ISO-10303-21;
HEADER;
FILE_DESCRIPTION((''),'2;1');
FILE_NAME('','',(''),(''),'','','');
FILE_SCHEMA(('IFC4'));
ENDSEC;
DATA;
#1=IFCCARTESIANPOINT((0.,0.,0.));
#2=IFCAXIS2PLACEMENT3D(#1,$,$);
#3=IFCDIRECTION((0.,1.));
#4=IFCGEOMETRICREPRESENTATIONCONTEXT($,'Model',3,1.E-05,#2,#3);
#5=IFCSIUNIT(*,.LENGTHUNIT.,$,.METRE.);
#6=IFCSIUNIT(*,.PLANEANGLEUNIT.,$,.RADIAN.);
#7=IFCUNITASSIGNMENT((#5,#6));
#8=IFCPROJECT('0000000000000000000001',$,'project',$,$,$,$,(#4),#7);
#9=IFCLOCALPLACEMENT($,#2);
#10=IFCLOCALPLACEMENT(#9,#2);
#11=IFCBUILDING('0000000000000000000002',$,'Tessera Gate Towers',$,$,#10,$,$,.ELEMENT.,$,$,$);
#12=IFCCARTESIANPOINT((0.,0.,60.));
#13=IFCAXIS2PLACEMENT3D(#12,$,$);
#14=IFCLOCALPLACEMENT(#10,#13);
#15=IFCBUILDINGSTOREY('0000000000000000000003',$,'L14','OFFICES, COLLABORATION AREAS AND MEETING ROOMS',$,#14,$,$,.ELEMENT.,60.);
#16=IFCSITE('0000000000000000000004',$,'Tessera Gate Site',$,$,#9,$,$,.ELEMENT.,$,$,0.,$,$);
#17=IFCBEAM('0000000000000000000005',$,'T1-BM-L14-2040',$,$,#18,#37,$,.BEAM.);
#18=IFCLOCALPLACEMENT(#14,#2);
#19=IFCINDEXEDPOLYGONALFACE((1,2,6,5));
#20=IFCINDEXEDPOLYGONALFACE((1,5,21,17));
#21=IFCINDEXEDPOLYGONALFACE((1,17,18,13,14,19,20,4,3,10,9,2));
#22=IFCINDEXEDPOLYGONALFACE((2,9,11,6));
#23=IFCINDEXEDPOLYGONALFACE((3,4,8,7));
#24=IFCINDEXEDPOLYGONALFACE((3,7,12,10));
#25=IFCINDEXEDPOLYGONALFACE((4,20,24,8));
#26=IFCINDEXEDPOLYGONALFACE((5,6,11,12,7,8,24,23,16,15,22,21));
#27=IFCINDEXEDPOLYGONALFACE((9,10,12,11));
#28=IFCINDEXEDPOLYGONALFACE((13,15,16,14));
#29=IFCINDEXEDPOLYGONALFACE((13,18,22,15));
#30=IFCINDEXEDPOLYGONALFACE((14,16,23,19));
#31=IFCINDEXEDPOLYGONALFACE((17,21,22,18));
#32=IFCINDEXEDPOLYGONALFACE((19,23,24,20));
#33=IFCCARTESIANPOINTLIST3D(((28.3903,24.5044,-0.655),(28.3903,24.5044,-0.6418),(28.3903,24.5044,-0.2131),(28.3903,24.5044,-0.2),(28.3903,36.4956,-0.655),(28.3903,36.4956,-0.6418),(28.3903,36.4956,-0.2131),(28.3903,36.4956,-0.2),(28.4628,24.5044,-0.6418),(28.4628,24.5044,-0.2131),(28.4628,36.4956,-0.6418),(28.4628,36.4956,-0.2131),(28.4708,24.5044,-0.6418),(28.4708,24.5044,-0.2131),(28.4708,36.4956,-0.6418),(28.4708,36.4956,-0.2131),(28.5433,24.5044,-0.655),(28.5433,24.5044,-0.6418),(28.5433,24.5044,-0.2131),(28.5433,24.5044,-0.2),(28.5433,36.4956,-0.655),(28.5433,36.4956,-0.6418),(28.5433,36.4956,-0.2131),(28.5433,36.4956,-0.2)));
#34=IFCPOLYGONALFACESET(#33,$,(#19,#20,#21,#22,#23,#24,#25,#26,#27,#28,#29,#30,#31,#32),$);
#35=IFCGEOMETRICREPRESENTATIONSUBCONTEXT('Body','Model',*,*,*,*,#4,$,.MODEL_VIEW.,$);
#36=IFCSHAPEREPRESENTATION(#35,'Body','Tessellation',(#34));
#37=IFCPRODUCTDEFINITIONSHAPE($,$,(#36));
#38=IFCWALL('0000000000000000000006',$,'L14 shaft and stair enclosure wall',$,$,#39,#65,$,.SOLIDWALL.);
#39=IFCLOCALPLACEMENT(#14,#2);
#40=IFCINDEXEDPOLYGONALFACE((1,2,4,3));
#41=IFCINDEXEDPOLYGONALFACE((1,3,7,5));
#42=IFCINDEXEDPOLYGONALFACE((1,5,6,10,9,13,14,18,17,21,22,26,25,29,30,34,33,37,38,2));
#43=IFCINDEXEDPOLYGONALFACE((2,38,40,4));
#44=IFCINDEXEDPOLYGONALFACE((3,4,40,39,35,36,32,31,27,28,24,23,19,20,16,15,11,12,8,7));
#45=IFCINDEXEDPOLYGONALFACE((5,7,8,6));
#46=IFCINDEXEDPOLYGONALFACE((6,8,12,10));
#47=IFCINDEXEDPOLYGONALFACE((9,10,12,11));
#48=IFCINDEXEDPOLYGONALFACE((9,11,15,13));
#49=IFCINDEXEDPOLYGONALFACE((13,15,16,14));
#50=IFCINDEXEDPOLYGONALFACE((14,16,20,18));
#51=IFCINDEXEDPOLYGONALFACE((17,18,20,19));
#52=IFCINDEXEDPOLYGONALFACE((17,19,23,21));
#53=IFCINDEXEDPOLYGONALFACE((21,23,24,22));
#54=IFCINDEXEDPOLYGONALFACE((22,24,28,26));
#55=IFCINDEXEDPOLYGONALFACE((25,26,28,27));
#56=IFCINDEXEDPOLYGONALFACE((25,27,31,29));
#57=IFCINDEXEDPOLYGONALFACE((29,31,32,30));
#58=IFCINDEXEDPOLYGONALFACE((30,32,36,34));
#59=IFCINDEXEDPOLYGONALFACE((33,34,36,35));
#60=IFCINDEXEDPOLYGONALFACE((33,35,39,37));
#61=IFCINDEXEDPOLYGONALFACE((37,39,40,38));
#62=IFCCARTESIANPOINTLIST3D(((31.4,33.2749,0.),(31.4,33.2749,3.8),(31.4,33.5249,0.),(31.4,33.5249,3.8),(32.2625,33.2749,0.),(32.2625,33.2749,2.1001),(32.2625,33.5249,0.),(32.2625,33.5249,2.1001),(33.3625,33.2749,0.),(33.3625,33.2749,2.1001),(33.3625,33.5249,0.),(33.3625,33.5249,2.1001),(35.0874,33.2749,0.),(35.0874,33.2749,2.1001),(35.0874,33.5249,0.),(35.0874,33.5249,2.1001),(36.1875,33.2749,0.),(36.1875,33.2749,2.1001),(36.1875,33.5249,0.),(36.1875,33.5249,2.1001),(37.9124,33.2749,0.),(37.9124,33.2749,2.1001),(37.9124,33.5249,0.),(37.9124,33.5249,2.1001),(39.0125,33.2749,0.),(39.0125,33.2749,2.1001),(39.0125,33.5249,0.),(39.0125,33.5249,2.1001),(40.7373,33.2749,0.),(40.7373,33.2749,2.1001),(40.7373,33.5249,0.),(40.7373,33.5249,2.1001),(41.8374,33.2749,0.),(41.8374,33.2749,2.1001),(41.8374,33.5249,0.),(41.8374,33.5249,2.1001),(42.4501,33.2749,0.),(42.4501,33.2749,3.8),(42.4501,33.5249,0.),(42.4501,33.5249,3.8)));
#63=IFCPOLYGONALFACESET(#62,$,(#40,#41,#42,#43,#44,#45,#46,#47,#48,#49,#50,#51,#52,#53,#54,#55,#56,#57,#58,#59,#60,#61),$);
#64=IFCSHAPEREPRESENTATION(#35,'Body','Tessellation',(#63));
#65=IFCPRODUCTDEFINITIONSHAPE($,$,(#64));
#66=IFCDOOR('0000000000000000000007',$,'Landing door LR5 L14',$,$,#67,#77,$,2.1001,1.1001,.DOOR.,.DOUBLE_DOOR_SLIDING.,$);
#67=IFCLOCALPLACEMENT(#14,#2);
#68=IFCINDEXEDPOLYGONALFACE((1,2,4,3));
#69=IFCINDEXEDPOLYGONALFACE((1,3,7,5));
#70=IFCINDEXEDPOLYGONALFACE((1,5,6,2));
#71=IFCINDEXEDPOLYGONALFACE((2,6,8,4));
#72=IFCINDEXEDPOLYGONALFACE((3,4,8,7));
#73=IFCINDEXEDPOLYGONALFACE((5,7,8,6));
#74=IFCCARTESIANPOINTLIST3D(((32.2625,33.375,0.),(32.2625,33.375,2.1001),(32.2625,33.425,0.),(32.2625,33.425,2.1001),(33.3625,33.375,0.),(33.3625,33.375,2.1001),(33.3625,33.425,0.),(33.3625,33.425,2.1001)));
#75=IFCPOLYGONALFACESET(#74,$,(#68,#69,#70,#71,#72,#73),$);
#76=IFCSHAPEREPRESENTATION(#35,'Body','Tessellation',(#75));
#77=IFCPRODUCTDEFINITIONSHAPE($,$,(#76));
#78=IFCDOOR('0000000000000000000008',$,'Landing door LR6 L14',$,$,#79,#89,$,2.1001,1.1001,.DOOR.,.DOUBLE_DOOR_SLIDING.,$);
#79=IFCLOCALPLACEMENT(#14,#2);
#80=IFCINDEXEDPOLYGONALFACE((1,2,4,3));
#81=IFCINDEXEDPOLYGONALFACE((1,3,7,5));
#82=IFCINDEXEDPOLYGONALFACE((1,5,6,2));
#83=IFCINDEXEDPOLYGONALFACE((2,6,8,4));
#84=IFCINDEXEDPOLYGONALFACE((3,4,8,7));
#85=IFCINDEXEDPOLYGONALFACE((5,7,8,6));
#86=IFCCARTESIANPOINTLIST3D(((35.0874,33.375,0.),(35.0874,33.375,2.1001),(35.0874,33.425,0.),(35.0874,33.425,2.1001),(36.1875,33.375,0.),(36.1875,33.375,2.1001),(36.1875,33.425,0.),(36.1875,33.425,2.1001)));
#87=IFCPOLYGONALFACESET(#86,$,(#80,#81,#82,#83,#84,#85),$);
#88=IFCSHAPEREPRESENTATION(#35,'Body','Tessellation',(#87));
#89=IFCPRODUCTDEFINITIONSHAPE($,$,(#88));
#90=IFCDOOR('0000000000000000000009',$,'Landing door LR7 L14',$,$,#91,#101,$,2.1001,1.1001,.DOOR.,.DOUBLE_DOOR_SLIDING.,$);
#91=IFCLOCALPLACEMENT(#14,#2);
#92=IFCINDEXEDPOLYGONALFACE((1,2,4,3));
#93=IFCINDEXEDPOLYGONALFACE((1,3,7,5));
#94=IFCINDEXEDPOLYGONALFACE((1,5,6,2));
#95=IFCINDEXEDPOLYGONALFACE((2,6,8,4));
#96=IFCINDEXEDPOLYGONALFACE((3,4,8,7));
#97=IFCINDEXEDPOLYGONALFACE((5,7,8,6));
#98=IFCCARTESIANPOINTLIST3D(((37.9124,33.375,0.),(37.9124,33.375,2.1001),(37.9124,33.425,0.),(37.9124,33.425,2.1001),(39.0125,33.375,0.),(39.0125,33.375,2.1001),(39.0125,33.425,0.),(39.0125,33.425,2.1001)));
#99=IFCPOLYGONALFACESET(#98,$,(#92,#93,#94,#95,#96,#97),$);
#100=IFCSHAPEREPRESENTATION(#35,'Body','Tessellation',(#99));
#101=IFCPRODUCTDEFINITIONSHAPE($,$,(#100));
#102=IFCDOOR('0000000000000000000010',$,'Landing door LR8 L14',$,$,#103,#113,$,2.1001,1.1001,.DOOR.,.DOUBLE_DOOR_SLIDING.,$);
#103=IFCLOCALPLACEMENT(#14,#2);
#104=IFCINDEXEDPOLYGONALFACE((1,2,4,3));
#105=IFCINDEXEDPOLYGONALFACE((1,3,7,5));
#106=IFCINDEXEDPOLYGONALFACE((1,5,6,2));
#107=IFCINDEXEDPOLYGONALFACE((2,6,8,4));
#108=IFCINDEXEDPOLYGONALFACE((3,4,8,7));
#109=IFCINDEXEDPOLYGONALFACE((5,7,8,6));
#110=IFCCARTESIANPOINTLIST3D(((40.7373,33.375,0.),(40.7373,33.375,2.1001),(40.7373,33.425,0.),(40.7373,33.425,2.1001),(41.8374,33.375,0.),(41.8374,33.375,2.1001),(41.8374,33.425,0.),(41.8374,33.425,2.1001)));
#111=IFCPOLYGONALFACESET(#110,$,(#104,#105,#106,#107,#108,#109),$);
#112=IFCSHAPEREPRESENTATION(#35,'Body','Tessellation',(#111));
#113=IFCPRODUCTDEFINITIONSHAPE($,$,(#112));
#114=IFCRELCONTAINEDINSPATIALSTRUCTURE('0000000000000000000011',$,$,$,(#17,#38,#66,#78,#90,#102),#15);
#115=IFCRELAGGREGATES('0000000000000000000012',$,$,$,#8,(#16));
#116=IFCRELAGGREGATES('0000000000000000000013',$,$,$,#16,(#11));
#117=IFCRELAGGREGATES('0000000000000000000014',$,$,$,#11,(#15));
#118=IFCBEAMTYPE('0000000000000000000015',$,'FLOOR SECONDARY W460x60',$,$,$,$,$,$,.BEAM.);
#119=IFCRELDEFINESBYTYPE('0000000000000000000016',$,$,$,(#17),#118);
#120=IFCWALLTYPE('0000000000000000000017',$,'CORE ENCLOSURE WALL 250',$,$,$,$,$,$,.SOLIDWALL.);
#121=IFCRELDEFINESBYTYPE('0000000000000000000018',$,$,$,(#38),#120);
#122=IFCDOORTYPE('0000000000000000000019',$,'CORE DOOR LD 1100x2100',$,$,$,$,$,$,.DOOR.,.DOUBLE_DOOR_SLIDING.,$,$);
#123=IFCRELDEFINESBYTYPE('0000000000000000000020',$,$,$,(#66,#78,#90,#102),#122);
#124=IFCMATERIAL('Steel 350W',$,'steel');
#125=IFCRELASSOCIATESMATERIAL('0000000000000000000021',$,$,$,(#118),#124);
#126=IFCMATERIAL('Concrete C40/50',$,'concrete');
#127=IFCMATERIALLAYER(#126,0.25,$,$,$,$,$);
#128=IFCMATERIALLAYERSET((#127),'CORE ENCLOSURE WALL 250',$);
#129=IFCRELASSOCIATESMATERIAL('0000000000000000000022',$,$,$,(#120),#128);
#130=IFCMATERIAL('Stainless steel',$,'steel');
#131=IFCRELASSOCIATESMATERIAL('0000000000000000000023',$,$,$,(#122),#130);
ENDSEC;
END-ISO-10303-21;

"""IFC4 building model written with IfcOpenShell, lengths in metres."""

from ifc_helpers import new_model, si_unit, direction, frame, frame_2d, origin, origin_2d, place, context, subcontext, project, spatial, rectangle, i_section, extrude, source, transform, mapped, material, layer, layer_set, material_profile, profile_set, type_object, element, fill, save


model = new_model("IFC4")

# Units and contexts
model_context = context("Model", 3, precision=1e-05, world=origin(), true_north=direction((0.0, 1.0)))
body_context = subcontext(model_context, "Body", "Model", "MODEL_VIEW")
ifc_project = project(units=[si_unit("LENGTHUNIT", "METRE"), si_unit("PLANEANGLEUNIT", "RADIAN")], contexts=[model_context])

# Site, building, storey
site_placement = place(None, origin())
site = spatial("IfcSite", under=ifc_project, at=site_placement, Name="Tessera Gate Site", CompositionType="ELEMENT", RefElevation=0.0)
building_placement = place(site_placement, origin())
building = spatial("IfcBuilding", under=site, at=building_placement, Name="Tessera Gate Towers", CompositionType="ELEMENT")
storey_placement = place(building_placement, frame((0.0, 0.0, 60.0)))
storey = spatial("IfcBuildingStorey", under=building, at=storey_placement, Name="L14", Description="OFFICES, COLLABORATION AREAS AND MEETING ROOMS", CompositionType="ELEMENT", Elevation=60.0)

# Beam
ifc_material_1 = material(Name="Steel 350W", Category="steel")
ifc_material_profile = material_profile(ifc_material_1, i_section(OverallWidth=0.1531, OverallDepth=0.4551, WebThickness=0.0081, FlangeThickness=0.0132, at=origin_2d()), Name="W460x60")
ifc_profile_set = profile_set([ifc_material_profile], Name="Steel 350W")
beam_type = type_object("IfcBeamType", Name="FLOOR SECONDARY W460x60", PredefinedType="BEAM", material=ifc_profile_set)
beam_placement = place(storey_placement, frame((28.4668, 24.5044, -0.4275), z_axis=(0.0, 1.0, 0.0), x_axis=(-1.0, 0.0, 0.0)))
element("IfcBeam", 1, at=beam_placement, inside=storey, type_object=beam_type, Name="T1-BM-L14-2040", PredefinedType="BEAM", context=body_context, shape_type="SweptSolid", body=[
    extrude(i_section(OverallWidth=0.1531, OverallDepth=0.4551, WebThickness=0.0081, FlangeThickness=0.0132, at=origin_2d()), origin(), (0.0, 0.0, 1.0), 11.9912),
])

# Wall, openings, doors
ifc_material_2 = material(Name="Concrete C40/50", Category="concrete")
ifc_layer_1 = layer(ifc_material_2, 0.25)
ifc_layer_set_1 = layer_set([ifc_layer_1], Name="CORE ENCLOSURE WALL 250")
wall_type_1 = type_object("IfcWallType", Name="CORE ENCLOSURE WALL 250", PredefinedType="SOLIDWALL", material=ifc_layer_set_1)
wall_1_placement = place(storey_placement, frame((42.45, 33.3999, 0.0), z_axis=(0.0, 0.0, 1.0), x_axis=(-1.0, 0.0, 0.0)))
wall_1 = element("IfcWall", 2, at=wall_1_placement, inside=storey, type_object=wall_type_1, Name="L14 shaft and stair enclosure wall", PredefinedType="SOLIDWALL", context=body_context, shape_type="SweptSolid", body=[
    extrude(rectangle(XDim=11.05, YDim=0.25, at=frame_2d((5.5249, 0.0))), origin(), (0.0, 0.0, 1.0), 3.8),
])
shared_shape_1 = source(origin(), body_context, "Body", "SweptSolid", [
    extrude(rectangle(XDim=1.1001, YDim=2.1001, at=frame_2d((0.55, 1.05))), frame((0.0, 0.135, 0.0), z_axis=(0.0, -1.0, 0.0), x_axis=(1.0, 0.0, 0.0)), (0.0, 0.0, 1.0), 0.27),
])
opening_1_placement = place(wall_1_placement, frame((9.0874, 0.0, 0.0)))
opening_1 = element("IfcOpeningElement", 3, at=opening_1_placement, cuts=wall_1, PredefinedType="OPENING", context=body_context, shape_type="MappedRepresentation", body=[
    mapped(shared_shape_1, transform((0.0, 0.0, 0.0), scale=1.0)),
])
opening_2_placement = place(wall_1_placement, frame((6.2625, 0.0, 0.0)))
opening_2 = element("IfcOpeningElement", 4, at=opening_2_placement, cuts=wall_1, PredefinedType="OPENING", context=body_context, shape_type="MappedRepresentation", body=[
    mapped(shared_shape_1, transform((0.0, 0.0, 0.0), scale=1.0)),
])
opening_3_placement = place(wall_1_placement, frame((3.4375, 0.0, 0.0)))
opening_3 = element("IfcOpeningElement", 5, at=opening_3_placement, cuts=wall_1, PredefinedType="OPENING", context=body_context, shape_type="MappedRepresentation", body=[
    mapped(shared_shape_1, transform((0.0, 0.0, 0.0), scale=1.0)),
])
opening_4_placement = place(wall_1_placement, frame((0.6125, 0.0, 0.0)))
opening_4 = element("IfcOpeningElement", 6, at=opening_4_placement, cuts=wall_1, PredefinedType="OPENING", context=body_context, shape_type="MappedRepresentation", body=[
    mapped(shared_shape_1, transform((0.0, 0.0, 0.0), scale=1.0)),
])
ifc_material_3 = material(Name="Stainless steel", Category="steel")
door_type_1 = type_object("IfcDoorType", Name="CORE DOOR LD 1100x2100", OperationType="DOUBLE_DOOR_SLIDING", PredefinedType="DOOR", material=ifc_material_3)
shared_shape_2 = source(origin(), body_context, "Body", "SweptSolid", [
    extrude(rectangle(XDim=1.1001, YDim=2.1001, at=frame_2d((0.55, 1.05))), frame((0.0, 0.0249, 0.0), z_axis=(0.0, -1.0, 0.0), x_axis=(1.0, 0.0, 0.0)), (0.0, 0.0, 1.0), 0.05),
])
door_1_placement = place(opening_1_placement, origin())
door_1 = element("IfcDoor", 7, at=door_1_placement, inside=storey, type_object=door_type_1, Name="Landing door LR5 L14", OperationType="DOUBLE_DOOR_SLIDING", OverallHeight=2.1001, OverallWidth=1.1001, PredefinedType="DOOR", context=body_context, shape_type="MappedRepresentation", body=[
    mapped(shared_shape_2, transform((0.0, 0.0, 0.0), scale=1.0)),
])
fill(opening_1, door_1)
door_2_placement = place(opening_2_placement, origin())
door_2 = element("IfcDoor", 8, at=door_2_placement, inside=storey, type_object=door_type_1, Name="Landing door LR6 L14", OperationType="DOUBLE_DOOR_SLIDING", OverallHeight=2.1001, OverallWidth=1.1001, PredefinedType="DOOR", context=body_context, shape_type="MappedRepresentation", body=[
    mapped(shared_shape_2, transform((0.0, 0.0, 0.0), scale=1.0)),
])
fill(opening_2, door_2)
door_3_placement = place(opening_3_placement, origin())
door_3 = element("IfcDoor", 9, at=door_3_placement, inside=storey, type_object=door_type_1, Name="Landing door LR7 L14", OperationType="DOUBLE_DOOR_SLIDING", OverallHeight=2.1001, OverallWidth=1.1001, PredefinedType="DOOR", context=body_context, shape_type="MappedRepresentation", body=[
    mapped(shared_shape_2, transform((0.0, 0.0, 0.0), scale=1.0)),
])
fill(opening_3, door_3)
door_4_placement = place(opening_4_placement, origin())
door_4 = element("IfcDoor", 10, at=door_4_placement, inside=storey, type_object=door_type_1, Name="Landing door LR8 L14", OperationType="DOUBLE_DOOR_SLIDING", OverallHeight=2.1001, OverallWidth=1.1001, PredefinedType="DOOR", context=body_context, shape_type="MappedRepresentation", body=[
    mapped(shared_shape_2, transform((0.0, 0.0, 0.0), scale=1.0)),
])
fill(opening_4, door_4)

save(model, "model.ifc")
